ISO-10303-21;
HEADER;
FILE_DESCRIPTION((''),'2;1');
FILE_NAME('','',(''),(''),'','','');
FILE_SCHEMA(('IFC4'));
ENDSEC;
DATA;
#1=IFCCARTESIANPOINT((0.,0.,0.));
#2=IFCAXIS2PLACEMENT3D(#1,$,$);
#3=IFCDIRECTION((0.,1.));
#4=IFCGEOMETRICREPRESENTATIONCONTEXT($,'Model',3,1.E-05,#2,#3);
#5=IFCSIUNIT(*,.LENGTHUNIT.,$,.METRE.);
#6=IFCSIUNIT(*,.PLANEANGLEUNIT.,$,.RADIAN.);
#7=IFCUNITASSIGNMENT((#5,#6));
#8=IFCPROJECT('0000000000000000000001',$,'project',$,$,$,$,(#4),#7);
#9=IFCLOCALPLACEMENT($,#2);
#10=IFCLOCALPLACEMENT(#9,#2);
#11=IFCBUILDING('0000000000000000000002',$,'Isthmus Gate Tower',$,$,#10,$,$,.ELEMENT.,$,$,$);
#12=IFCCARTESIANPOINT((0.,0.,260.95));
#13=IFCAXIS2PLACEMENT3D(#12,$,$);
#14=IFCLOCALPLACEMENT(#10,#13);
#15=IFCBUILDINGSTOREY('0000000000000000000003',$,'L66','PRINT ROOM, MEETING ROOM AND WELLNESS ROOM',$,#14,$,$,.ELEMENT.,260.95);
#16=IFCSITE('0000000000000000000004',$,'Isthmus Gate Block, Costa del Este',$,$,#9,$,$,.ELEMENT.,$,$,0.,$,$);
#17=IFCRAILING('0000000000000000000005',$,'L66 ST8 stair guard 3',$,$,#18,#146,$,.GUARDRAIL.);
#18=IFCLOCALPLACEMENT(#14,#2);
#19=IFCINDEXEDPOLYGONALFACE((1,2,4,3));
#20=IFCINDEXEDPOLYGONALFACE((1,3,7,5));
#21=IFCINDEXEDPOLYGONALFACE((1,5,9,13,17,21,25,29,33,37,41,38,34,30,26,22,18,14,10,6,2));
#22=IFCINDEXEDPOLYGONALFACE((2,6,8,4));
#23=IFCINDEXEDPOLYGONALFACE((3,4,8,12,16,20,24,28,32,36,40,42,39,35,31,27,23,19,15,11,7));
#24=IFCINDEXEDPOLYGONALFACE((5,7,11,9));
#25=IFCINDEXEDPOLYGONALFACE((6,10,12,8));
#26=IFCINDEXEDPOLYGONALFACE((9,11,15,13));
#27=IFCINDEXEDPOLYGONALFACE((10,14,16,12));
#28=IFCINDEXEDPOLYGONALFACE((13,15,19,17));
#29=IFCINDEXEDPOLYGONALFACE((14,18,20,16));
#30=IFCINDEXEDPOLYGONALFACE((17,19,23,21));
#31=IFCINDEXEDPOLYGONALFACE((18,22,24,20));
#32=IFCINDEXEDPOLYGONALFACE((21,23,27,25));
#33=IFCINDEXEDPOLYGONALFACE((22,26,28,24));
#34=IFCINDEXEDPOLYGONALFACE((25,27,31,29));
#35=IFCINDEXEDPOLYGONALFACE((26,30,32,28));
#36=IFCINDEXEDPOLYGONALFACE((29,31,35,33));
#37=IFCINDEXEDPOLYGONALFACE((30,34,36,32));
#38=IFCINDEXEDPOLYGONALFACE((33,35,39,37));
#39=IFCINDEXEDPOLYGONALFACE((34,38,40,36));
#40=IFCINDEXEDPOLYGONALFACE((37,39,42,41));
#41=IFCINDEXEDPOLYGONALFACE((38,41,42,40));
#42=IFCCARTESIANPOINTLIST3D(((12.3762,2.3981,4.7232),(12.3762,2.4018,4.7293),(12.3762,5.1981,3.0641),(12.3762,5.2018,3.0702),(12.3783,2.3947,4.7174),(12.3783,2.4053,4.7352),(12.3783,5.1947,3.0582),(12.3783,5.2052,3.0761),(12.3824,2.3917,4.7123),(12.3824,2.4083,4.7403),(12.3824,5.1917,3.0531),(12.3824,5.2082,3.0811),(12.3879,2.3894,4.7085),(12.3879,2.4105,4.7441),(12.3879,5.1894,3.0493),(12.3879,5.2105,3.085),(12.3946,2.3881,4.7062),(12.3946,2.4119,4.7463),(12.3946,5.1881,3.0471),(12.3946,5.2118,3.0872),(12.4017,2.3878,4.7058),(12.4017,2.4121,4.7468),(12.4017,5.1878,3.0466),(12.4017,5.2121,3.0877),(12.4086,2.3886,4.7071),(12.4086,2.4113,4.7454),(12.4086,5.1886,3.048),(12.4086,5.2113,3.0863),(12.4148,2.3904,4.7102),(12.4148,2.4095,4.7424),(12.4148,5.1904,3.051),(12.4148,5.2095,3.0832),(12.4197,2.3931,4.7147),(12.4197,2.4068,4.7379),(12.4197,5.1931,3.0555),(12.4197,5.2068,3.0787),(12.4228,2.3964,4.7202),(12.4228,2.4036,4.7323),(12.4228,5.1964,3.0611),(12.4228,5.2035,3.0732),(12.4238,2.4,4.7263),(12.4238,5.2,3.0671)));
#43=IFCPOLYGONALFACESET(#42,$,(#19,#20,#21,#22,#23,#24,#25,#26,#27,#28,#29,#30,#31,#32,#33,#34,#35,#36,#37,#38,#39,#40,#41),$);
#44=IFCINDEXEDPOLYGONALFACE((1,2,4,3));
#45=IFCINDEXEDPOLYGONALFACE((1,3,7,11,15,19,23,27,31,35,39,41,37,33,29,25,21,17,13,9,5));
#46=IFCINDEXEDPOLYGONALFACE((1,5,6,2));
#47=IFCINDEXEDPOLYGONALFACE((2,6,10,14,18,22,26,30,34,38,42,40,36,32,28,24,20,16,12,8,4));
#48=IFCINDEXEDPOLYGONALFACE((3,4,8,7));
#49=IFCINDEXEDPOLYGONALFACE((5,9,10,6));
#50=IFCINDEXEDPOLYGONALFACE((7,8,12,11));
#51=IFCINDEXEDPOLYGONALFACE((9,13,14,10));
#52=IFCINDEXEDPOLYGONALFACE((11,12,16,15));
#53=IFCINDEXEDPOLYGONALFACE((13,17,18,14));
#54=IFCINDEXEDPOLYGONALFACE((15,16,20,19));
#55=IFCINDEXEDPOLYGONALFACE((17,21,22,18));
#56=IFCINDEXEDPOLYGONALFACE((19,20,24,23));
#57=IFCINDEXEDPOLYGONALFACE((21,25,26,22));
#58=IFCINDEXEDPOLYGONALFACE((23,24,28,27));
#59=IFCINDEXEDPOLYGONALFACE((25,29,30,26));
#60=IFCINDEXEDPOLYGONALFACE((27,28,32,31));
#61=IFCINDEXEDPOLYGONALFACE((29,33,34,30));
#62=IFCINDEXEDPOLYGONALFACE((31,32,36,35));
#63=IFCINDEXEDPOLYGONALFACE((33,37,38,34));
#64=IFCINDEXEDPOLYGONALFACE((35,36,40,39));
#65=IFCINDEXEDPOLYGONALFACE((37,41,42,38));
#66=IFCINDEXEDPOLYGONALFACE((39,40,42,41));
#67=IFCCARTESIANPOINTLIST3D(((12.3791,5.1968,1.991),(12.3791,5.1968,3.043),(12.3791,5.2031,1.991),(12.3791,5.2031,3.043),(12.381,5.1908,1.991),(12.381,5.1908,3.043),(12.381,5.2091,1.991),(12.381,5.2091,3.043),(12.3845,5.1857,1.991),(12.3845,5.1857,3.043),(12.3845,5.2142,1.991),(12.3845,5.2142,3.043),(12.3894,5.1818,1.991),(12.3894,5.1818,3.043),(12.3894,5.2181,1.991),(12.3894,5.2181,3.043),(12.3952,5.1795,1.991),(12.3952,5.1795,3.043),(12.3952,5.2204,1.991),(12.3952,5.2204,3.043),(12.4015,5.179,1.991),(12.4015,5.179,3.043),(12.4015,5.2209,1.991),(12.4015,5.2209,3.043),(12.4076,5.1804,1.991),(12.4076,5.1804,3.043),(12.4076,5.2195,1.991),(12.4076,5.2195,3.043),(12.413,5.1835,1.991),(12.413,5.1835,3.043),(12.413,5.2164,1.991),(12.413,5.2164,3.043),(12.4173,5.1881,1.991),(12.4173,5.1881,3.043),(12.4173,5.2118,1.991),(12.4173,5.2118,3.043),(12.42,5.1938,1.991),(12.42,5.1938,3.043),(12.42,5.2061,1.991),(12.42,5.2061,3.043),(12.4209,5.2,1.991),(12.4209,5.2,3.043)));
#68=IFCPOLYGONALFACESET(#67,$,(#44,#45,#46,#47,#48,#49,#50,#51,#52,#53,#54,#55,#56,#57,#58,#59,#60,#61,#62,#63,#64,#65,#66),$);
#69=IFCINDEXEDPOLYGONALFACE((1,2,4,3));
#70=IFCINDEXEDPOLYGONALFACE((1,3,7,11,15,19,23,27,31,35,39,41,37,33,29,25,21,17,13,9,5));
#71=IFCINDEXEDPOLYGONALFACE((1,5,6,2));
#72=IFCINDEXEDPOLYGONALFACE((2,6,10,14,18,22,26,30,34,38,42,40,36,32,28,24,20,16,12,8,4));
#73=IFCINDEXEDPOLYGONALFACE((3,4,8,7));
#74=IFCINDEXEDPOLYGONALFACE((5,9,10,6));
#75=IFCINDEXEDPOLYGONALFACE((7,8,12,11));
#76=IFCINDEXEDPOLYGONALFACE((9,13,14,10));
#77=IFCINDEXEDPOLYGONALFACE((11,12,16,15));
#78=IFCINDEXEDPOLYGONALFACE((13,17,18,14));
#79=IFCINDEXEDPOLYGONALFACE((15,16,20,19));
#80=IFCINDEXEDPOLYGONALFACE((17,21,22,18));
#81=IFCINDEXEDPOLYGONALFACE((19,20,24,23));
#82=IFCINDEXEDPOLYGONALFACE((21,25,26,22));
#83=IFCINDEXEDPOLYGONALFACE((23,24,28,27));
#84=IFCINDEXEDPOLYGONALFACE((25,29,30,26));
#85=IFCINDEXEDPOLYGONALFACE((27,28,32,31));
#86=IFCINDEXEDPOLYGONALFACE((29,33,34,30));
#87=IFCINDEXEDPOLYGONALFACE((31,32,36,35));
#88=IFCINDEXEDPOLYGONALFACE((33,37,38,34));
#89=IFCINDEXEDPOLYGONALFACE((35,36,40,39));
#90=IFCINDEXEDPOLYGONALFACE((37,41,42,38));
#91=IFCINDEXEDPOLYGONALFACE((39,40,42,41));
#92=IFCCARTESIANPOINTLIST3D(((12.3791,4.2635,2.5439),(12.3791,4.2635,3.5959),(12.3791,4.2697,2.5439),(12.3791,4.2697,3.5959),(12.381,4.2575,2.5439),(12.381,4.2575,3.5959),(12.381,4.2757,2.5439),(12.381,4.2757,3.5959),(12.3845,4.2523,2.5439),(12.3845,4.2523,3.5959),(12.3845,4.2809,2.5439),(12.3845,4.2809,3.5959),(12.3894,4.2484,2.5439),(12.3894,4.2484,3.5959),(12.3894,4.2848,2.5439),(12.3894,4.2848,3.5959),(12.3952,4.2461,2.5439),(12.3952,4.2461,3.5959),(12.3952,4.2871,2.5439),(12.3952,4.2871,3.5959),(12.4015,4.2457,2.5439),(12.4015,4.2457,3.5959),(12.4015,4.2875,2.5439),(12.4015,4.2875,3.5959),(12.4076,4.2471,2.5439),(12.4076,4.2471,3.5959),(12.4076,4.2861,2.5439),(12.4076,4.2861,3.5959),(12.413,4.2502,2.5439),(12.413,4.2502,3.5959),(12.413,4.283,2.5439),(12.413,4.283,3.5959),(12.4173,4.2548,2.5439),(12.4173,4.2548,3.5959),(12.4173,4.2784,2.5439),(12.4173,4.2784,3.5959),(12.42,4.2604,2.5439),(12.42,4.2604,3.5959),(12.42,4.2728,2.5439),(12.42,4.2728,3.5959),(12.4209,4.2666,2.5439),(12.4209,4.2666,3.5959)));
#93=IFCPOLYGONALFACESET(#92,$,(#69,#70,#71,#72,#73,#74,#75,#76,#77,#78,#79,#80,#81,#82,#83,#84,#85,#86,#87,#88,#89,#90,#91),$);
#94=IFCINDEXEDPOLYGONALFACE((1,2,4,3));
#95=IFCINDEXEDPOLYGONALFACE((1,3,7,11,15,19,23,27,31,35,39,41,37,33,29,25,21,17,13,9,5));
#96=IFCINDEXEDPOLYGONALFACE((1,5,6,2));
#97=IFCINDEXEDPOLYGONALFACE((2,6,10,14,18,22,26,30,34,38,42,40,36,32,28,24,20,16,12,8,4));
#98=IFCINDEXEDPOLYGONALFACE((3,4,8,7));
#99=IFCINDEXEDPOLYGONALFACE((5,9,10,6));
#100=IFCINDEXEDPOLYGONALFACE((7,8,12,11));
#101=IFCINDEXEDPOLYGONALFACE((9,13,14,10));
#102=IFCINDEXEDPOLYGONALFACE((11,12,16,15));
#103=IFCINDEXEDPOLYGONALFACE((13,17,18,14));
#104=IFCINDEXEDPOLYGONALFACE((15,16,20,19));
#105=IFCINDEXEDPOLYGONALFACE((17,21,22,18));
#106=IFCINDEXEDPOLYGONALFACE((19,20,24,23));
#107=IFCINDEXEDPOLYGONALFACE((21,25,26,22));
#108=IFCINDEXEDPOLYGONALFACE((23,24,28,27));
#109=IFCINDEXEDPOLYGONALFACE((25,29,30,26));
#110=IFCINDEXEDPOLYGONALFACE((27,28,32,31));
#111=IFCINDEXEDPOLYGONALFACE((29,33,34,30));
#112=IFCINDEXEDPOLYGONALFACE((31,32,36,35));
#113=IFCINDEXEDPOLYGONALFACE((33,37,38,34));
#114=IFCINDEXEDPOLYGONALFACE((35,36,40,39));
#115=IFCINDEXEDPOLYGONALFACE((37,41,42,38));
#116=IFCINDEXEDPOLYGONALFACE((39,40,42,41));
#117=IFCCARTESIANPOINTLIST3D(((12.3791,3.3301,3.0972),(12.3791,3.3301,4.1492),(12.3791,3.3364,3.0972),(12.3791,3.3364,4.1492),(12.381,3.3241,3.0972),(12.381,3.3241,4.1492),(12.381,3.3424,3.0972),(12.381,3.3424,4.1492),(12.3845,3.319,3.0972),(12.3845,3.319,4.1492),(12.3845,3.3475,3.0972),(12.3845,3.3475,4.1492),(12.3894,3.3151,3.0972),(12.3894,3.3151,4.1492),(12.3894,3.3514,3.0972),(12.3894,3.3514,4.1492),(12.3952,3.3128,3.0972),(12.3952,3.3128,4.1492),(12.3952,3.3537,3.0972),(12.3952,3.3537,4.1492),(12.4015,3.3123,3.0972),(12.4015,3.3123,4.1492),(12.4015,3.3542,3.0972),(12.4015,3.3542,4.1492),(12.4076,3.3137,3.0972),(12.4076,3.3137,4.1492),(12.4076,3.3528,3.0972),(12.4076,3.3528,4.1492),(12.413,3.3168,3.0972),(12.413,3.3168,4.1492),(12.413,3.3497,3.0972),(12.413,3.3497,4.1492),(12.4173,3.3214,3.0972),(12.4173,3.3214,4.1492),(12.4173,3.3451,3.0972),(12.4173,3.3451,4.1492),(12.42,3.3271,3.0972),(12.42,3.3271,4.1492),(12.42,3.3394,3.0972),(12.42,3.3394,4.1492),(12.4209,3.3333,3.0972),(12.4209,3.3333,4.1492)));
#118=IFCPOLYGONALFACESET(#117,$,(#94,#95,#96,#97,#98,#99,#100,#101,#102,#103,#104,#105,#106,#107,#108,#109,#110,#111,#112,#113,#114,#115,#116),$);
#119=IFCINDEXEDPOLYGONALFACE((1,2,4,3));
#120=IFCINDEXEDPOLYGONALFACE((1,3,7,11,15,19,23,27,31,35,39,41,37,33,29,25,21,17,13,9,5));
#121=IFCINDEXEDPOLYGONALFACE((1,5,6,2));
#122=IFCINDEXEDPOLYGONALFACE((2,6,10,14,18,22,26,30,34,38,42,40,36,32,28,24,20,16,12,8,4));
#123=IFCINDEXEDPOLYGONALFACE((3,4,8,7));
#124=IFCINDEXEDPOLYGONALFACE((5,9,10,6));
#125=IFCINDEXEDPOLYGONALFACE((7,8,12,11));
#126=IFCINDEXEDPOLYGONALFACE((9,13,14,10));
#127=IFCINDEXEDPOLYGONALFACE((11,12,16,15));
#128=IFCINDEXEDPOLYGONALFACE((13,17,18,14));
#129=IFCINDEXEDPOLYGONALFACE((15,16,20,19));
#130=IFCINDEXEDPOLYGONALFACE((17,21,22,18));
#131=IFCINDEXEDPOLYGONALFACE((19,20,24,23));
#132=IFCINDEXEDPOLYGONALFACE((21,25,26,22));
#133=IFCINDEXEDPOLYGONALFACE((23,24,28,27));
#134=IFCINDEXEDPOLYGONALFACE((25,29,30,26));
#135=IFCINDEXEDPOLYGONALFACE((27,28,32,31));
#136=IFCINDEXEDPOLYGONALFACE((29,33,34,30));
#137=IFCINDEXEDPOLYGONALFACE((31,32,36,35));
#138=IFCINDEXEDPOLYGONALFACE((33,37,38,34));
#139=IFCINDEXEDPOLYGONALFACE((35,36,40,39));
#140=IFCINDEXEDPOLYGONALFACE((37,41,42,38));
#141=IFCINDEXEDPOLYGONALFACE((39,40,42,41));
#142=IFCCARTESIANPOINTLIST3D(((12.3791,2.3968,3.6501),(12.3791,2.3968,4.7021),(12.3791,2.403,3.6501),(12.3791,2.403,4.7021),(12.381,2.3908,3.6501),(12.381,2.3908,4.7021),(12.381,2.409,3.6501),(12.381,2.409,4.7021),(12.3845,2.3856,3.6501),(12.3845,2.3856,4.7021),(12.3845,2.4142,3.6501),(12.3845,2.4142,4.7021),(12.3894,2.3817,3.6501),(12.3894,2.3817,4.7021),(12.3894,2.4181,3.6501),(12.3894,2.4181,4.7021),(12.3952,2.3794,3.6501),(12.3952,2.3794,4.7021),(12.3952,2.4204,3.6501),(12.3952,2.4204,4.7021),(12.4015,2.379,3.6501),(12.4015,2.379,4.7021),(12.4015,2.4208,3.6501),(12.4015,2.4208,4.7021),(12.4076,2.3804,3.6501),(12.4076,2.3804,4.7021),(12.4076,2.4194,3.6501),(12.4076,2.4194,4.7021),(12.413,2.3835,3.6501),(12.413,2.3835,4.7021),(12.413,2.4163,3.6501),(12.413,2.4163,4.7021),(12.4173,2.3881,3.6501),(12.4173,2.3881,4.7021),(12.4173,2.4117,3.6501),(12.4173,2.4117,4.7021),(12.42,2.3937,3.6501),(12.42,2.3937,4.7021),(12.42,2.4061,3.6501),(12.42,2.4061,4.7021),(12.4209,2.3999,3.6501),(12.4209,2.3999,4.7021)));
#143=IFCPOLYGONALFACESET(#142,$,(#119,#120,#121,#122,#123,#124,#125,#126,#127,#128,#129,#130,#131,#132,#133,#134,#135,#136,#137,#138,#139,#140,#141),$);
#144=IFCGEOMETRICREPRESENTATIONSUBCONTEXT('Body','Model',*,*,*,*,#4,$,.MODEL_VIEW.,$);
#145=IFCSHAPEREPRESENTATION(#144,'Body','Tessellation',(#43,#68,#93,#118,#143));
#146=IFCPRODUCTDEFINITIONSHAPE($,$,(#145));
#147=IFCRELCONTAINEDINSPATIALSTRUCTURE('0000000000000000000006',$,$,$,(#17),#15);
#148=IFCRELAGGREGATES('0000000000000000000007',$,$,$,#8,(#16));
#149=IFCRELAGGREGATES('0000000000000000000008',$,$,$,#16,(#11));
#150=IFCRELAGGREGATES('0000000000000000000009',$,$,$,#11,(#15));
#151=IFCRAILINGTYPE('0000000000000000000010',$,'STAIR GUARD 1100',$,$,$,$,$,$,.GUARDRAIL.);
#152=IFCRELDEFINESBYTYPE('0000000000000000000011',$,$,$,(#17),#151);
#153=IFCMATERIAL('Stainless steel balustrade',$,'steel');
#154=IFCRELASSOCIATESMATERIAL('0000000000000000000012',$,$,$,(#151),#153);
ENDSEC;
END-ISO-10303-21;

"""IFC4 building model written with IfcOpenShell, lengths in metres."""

from ifc_helpers import new_model, si_unit, direction, frame, origin, origin_2d, place, context, subcontext, project, spatial, circle, extrude, material, type_object, element, save


model = new_model("IFC4")

# Units and contexts
model_context = context("Model", 3, precision=1e-05, world=origin(), true_north=direction((0.0, 1.0)))
body_context = subcontext(model_context, "Body", "Model", "MODEL_VIEW")
ifc_project = project(units=[si_unit("LENGTHUNIT", "METRE"), si_unit("PLANEANGLEUNIT", "RADIAN")], contexts=[model_context])

# Site, building, storey
site_placement = place(None, origin())
site = spatial("IfcSite", under=ifc_project, at=site_placement, Name="Isthmus Gate Block, Costa del Este", CompositionType="ELEMENT", RefElevation=0.0)
building_placement = place(site_placement, origin())
building = spatial("IfcBuilding", under=site, at=building_placement, Name="Isthmus Gate Tower", CompositionType="ELEMENT")
storey_placement = place(building_placement, frame((0.0, 0.0, 260.95)))
storey = spatial("IfcBuildingStorey", under=building, at=storey_placement, Name="L66", Description="PRINT ROOM, MEETING ROOM AND WELLNESS ROOM", CompositionType="ELEMENT", Elevation=260.95)

# Railing
ifc_material_1 = material(Name="Stainless steel balustrade", Category="steel")
railing_type_1 = type_object("IfcRailingType", Name="STAIR GUARD 1100", PredefinedType="GUARDRAIL", material=ifc_material_1)
railing_1_placement = place(storey_placement, frame((12.3999, 5.2, 1.991)))
element("IfcRailing", 1, at=railing_1_placement, inside=storey, type_object=railing_type_1, Name="L66 ST8 stair guard 3", PredefinedType="GUARDRAIL", context=body_context, shape_type="SweptSolid", body=[
    extrude(circle(Radius=0.0239, at=origin_2d()), frame((0.0, 0.0, 1.0762), z_axis=(0.0, -0.860306, 0.509778), x_axis=(1.0, 0.0, 0.0)), (0.0, 0.0, 1.0), 3.2546),
    extrude(circle(Radius=0.021, at=origin_2d()), origin(), (0.0, 0.0, 1.0), 1.052),
    extrude(circle(Radius=0.021, at=origin_2d()), frame((0.0, -0.9333, 0.553)), (0.0, 0.0, 1.0), 1.052),
    extrude(circle(Radius=0.021, at=origin_2d()), frame((0.0, -1.8667, 1.1062)), (0.0, 0.0, 1.0), 1.052),
    extrude(circle(Radius=0.021, at=origin_2d()), frame((0.0, -2.8, 1.6592)), (0.0, 0.0, 1.0), 1.052),
])

save(model, "model.ifc")
